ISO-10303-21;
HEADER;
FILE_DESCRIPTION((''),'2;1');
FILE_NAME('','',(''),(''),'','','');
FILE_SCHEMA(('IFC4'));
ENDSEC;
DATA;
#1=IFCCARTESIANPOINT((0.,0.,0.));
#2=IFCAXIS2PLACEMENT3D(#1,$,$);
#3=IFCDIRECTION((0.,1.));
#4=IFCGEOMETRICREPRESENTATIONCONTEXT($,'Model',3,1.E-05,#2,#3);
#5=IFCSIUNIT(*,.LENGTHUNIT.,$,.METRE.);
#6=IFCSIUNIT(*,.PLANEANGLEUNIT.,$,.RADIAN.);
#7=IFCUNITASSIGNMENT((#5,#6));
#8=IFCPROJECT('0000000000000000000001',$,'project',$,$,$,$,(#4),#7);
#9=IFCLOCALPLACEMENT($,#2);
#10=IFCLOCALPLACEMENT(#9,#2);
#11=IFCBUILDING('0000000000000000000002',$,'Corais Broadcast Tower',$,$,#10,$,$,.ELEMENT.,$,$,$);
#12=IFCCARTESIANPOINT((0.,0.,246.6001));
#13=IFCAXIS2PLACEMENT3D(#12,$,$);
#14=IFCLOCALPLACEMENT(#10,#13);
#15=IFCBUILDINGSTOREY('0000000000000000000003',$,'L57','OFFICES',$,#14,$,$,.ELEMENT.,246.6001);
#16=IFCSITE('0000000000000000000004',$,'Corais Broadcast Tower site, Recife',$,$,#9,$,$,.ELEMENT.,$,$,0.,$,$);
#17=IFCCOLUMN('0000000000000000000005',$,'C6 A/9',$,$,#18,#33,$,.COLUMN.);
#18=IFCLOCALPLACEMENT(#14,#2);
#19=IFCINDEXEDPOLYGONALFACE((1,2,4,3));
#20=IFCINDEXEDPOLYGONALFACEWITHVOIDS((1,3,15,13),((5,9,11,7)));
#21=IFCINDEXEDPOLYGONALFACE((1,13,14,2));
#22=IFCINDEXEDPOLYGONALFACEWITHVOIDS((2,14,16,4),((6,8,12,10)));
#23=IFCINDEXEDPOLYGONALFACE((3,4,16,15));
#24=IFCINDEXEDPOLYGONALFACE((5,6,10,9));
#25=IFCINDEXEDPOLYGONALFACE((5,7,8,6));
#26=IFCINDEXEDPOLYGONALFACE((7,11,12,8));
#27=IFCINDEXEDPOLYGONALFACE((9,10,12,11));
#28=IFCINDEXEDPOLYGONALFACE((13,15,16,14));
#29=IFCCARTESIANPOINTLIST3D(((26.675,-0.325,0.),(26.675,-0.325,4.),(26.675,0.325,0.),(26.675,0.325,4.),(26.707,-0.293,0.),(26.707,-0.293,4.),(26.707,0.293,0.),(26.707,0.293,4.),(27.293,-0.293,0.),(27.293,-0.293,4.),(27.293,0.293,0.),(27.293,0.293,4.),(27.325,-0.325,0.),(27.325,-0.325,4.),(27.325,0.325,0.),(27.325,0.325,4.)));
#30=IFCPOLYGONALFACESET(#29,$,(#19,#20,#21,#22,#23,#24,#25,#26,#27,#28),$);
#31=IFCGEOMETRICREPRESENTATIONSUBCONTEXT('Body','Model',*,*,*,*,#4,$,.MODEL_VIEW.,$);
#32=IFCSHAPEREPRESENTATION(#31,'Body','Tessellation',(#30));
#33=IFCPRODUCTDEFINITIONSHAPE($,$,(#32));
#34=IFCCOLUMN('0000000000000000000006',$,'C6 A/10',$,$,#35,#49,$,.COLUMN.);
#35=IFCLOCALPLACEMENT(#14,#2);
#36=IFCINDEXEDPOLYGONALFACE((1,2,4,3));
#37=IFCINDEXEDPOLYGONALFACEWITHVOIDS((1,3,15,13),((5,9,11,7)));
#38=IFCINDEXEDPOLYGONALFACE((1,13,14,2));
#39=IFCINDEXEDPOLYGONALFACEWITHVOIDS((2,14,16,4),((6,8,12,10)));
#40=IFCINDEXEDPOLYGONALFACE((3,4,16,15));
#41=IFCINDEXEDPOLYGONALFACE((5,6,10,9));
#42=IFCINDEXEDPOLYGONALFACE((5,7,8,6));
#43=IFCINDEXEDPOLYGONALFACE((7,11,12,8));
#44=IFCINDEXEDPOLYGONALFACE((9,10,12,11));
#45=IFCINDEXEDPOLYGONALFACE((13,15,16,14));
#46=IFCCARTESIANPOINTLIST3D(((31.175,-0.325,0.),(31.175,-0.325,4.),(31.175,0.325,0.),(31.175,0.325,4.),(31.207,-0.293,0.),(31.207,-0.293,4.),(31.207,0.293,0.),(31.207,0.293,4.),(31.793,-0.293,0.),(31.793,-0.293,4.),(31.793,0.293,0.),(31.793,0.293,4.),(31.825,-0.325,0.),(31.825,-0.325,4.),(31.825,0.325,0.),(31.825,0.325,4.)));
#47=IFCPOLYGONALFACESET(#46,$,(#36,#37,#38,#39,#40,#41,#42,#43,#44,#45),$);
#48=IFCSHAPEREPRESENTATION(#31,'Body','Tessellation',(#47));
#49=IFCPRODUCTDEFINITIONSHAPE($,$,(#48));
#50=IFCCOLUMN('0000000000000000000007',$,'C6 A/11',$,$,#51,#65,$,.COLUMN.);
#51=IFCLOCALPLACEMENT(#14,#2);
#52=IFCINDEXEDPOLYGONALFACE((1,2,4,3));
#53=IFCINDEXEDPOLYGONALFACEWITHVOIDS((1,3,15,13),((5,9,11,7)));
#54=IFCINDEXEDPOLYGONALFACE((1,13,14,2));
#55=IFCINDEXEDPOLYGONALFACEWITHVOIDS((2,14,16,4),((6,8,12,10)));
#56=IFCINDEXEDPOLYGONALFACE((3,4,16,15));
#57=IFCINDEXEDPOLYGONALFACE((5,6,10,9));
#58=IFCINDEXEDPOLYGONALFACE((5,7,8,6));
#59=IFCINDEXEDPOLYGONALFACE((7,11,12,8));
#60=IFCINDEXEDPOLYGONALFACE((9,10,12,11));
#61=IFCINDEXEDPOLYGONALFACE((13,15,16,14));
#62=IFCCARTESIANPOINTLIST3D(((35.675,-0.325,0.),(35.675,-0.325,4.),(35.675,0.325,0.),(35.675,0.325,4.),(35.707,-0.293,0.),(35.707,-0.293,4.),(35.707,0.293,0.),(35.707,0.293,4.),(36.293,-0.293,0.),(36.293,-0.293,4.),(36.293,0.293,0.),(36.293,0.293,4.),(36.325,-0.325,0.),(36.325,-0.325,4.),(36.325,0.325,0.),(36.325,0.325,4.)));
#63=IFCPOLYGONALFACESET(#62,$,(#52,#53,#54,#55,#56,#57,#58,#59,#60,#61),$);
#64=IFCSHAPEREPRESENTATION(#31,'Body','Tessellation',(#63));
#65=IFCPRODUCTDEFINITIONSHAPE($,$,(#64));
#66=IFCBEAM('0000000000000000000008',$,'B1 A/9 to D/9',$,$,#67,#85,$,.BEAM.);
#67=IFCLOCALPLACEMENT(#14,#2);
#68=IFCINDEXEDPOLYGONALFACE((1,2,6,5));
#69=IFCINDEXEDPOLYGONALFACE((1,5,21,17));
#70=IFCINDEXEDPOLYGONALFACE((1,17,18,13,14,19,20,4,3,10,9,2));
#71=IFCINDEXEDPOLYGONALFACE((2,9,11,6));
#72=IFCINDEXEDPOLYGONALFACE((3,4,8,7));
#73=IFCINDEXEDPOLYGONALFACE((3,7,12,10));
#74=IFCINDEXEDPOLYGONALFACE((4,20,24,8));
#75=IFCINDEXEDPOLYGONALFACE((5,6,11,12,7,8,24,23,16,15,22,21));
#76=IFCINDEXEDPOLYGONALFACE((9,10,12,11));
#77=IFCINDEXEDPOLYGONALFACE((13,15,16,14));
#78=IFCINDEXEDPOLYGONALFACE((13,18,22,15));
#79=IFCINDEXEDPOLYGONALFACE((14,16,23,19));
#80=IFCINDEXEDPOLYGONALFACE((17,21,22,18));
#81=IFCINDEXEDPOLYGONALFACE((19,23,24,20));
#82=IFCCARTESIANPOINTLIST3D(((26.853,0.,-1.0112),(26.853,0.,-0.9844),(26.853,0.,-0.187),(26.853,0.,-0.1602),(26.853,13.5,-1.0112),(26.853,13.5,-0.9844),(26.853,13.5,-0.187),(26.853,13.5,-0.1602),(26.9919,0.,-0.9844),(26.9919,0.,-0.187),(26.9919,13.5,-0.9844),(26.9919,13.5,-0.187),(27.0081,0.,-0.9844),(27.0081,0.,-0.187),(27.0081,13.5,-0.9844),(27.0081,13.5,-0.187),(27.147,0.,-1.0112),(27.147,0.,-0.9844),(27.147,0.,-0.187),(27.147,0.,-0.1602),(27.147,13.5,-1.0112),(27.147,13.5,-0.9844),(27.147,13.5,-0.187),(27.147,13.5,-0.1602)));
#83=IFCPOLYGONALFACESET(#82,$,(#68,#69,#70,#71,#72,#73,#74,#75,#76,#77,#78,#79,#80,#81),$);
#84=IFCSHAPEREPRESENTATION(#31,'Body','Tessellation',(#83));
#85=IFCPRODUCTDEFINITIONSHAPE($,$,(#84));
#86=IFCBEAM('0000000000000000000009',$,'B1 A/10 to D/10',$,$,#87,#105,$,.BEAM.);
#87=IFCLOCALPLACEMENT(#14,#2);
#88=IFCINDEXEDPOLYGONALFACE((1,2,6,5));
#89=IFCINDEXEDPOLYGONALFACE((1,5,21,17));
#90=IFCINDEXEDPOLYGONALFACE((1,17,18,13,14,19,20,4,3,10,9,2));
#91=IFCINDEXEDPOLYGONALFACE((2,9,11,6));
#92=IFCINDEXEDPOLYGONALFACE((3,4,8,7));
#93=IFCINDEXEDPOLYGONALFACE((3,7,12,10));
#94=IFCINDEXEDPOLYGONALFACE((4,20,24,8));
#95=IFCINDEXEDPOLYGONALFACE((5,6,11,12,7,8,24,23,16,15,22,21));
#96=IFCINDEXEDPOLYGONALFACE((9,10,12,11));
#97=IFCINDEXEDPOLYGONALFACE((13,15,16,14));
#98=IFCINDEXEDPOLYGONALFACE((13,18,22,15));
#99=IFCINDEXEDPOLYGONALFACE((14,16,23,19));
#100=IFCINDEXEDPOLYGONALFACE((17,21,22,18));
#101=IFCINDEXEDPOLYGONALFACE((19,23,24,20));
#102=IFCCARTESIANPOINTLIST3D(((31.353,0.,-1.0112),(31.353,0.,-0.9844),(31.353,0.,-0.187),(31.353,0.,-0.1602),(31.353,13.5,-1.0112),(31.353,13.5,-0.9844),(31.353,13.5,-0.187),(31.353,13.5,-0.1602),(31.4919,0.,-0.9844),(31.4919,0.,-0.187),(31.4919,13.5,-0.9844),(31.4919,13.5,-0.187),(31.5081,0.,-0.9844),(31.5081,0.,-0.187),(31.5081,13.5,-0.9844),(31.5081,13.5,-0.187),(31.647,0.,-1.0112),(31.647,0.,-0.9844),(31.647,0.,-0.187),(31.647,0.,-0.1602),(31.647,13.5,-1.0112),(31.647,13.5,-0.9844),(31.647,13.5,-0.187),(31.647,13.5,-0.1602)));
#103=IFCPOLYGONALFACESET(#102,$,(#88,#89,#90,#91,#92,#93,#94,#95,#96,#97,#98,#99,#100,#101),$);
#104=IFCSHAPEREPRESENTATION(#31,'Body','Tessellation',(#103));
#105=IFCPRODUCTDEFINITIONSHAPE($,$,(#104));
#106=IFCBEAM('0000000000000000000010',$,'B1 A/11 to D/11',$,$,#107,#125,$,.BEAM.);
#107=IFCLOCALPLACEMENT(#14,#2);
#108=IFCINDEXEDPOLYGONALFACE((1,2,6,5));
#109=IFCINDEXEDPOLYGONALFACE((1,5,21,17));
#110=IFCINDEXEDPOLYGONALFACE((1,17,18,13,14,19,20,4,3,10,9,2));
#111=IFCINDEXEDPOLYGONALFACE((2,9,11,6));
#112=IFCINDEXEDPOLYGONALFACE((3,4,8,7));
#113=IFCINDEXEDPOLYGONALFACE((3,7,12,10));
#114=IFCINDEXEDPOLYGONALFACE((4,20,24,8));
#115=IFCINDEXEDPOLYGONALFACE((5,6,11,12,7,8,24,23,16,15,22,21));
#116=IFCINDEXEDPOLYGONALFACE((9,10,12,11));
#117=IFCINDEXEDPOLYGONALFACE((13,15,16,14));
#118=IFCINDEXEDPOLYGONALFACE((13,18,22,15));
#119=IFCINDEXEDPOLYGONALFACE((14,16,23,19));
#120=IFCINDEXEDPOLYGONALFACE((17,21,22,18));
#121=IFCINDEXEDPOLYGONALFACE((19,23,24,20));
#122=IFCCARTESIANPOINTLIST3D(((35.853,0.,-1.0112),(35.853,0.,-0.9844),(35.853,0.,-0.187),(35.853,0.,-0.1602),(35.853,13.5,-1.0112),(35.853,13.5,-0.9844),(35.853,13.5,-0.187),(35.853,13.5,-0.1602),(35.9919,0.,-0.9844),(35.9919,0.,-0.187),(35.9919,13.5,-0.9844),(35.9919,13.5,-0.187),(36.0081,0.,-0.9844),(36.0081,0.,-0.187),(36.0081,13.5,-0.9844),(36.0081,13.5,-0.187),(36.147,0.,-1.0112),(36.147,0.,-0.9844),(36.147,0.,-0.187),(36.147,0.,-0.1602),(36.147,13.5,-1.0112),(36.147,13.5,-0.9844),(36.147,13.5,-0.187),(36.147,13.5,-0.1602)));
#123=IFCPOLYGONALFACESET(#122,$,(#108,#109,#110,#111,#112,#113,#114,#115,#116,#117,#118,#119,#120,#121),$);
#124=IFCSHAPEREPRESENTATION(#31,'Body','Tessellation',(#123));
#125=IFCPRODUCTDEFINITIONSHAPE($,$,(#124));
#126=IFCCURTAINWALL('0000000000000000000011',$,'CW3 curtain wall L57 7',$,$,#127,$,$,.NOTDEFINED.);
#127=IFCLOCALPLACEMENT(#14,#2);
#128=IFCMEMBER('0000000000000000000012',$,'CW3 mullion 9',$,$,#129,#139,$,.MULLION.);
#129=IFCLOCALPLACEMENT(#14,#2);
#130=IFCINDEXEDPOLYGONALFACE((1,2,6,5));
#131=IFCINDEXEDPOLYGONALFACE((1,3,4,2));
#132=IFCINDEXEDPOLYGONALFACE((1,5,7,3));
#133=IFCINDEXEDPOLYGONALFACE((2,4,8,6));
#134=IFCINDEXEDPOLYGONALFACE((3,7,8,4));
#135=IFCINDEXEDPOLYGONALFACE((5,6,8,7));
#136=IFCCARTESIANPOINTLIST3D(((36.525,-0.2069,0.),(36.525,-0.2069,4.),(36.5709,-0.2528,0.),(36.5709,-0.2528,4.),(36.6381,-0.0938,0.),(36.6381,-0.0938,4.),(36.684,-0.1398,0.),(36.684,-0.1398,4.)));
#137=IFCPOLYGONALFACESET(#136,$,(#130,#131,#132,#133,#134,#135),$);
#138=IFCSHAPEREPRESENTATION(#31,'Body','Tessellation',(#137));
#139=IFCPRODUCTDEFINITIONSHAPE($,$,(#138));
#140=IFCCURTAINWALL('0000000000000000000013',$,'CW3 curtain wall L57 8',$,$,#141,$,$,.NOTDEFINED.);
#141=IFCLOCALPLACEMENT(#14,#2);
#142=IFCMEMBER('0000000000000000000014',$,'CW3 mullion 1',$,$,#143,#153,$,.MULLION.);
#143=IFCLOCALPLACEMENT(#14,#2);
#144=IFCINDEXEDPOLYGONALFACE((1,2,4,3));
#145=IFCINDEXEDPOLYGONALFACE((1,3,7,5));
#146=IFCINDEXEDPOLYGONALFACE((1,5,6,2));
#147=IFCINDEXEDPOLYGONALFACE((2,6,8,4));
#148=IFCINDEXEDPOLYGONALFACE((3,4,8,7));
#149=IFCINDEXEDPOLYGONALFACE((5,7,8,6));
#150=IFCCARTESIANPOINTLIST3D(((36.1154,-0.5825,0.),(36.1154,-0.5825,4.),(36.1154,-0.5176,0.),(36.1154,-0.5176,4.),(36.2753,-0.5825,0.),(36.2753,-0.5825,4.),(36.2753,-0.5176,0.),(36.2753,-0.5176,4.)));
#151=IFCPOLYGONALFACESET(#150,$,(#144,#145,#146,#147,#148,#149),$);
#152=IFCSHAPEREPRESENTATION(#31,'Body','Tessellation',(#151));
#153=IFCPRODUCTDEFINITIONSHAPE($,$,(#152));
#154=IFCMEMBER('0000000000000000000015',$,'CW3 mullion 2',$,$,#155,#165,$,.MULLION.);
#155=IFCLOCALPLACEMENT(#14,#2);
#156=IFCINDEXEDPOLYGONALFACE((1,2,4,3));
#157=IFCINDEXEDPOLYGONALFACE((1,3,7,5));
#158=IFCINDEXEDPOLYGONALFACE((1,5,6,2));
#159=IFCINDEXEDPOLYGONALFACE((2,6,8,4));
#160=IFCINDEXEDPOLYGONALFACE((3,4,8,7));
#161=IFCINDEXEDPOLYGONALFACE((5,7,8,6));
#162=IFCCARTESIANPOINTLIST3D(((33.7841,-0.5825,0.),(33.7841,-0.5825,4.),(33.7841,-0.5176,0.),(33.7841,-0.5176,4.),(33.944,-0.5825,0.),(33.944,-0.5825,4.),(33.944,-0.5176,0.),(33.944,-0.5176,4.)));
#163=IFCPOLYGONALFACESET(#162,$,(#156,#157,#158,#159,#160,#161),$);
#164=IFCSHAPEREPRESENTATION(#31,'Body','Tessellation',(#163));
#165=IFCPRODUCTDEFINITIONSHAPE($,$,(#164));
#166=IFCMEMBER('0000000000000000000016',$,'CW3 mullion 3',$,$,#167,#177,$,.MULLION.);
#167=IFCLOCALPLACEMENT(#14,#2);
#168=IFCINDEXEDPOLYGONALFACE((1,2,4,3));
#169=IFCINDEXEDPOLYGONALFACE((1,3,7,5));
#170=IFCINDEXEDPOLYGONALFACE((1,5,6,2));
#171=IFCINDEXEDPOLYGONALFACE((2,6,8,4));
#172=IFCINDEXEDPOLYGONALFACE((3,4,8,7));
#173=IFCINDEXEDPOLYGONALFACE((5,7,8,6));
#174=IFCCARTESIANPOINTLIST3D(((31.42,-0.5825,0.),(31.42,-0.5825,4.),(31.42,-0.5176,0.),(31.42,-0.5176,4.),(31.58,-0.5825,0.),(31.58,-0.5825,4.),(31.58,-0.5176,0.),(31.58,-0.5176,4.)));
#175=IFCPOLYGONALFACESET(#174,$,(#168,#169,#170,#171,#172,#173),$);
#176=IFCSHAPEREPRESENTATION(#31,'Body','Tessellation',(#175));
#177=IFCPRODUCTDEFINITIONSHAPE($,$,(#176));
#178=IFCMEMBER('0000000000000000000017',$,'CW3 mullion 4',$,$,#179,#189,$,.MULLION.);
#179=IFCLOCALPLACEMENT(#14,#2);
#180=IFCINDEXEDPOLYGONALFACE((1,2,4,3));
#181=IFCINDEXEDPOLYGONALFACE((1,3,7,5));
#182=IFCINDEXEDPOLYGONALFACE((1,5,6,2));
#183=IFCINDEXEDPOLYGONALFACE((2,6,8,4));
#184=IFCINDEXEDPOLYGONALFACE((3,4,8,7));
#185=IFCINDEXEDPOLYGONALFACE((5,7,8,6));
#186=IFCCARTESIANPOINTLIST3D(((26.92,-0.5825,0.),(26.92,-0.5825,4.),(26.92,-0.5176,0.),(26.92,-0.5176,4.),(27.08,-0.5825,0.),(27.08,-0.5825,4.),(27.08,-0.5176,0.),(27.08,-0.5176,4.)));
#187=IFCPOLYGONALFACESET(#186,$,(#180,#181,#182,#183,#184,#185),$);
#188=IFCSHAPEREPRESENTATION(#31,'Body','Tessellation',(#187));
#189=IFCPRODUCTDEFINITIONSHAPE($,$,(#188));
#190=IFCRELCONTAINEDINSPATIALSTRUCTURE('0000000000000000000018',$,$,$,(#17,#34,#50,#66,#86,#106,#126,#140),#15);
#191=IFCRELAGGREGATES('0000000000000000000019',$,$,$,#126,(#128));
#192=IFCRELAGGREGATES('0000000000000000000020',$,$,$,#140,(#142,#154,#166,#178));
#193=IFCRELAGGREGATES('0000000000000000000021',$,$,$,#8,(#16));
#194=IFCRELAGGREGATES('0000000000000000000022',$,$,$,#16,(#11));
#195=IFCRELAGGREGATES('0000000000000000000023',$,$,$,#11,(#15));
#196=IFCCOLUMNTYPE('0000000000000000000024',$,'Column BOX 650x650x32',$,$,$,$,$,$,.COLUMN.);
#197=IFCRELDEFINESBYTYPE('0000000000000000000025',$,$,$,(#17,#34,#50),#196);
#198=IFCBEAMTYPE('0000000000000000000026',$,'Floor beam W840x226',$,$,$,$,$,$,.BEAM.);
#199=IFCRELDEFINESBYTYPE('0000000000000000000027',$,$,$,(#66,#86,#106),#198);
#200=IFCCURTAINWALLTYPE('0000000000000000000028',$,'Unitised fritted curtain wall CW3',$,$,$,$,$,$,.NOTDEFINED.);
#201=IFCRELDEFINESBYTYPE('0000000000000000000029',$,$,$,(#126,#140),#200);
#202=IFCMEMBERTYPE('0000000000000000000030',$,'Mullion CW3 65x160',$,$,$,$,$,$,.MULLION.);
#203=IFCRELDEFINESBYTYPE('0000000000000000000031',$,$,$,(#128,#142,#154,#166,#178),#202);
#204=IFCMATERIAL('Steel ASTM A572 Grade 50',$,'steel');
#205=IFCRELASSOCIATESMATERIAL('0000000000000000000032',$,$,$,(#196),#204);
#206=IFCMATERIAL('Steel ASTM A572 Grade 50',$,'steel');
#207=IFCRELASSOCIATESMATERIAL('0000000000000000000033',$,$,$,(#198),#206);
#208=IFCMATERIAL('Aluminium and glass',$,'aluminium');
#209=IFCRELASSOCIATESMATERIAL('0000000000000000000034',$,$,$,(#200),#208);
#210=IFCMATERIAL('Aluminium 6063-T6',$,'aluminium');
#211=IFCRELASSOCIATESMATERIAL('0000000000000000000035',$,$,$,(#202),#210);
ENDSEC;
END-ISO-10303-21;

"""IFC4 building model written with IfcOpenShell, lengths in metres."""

from ifc_helpers import new_model, si_unit, direction, frame, origin, origin_2d, place, context, subcontext, project, spatial, rectangle, hollow_rectangle, i_section, extrude, material, material_profile, profile_set, type_object, element, aggregate, save


model = new_model("IFC4")

# Units and contexts
model_context = context("Model", 3, precision=1e-05, world=origin(), true_north=direction((0.0, 1.0)))
body_context = subcontext(model_context, "Body", "Model", "MODEL_VIEW")
ifc_project = project(units=[si_unit("LENGTHUNIT", "METRE"), si_unit("PLANEANGLEUNIT", "RADIAN")], contexts=[model_context])

# Site, building, storey
site_placement = place(None, origin())
site = spatial("IfcSite", under=ifc_project, at=site_placement, Name="Corais Broadcast Tower site, Recife", CompositionType="ELEMENT", RefElevation=0.0)
building_placement = place(site_placement, origin())
building = spatial("IfcBuilding", under=site, at=building_placement, Name="Corais Broadcast Tower", CompositionType="ELEMENT")
storey_placement = place(building_placement, frame((0.0, 0.0, 246.6001)))
storey = spatial("IfcBuildingStorey", under=building, at=storey_placement, Name="L57", Description="OFFICES", CompositionType="ELEMENT", Elevation=246.6001)

# Columns
ifc_material_1 = material(Name="Steel ASTM A572 Grade 50", Category="steel")
ifc_material_profile_1 = material_profile(ifc_material_1, hollow_rectangle(XDim=0.6499, YDim=0.6499, WallThickness=0.032, at=origin_2d()), Name="BOX 650x650x32")
ifc_profile_set_1 = profile_set([ifc_material_profile_1], Name="Steel ASTM A572 Grade 50")
column_type = type_object("IfcColumnType", Name="Column BOX 650x650x32", PredefinedType="COLUMN", material=ifc_profile_set_1)
for number, where, z_axis, x_axis, name in (
    (1, (27.0, 0.0, 0.0), (0.0, 0.0, 1.0), (1.0, 0.0, 0.0), "C6 A/9"),
    (2, (31.5, 0.0, 0.0), (0.0, 0.0, 1.0), (1.0, 0.0, 0.0), "C6 A/10"),
    (3, (36.0, 0.0, 0.0), (0.0, 0.0, 1.0), (1.0, 0.0, 0.0), "C6 A/11"),
):
    element("IfcColumn", number, at=place(storey_placement, frame(where, z_axis=z_axis, x_axis=x_axis)), inside=storey, type_object=column_type, Name=name, PredefinedType="COLUMN", context=body_context, shape_type="SweptSolid", body=[
        extrude(hollow_rectangle(XDim=0.6499, YDim=0.6499, WallThickness=0.032, at=origin_2d()), origin(), (0.0, 0.0, 1.0), 4.0),
    ])

# Beams
ifc_material_2 = material(Name="Steel ASTM A572 Grade 50", Category="steel")
ifc_material_profile_2 = material_profile(ifc_material_2, i_section(OverallWidth=0.2939, OverallDepth=0.8511, WebThickness=0.0161, FlangeThickness=0.0269, at=origin_2d()), Name="W840x226")
ifc_profile_set_2 = profile_set([ifc_material_profile_2], Name="Steel ASTM A572 Grade 50")
beam_type_1 = type_object("IfcBeamType", Name="Floor beam W840x226", PredefinedType="BEAM", material=ifc_profile_set_2)
for number, where, z_axis, x_axis, name in (
    (4, (27.0, 0.0, -0.5857), (0.0, 1.0, 0.0), (-1.0, 0.0, 0.0), "B1 A/9 to D/9"),
    (5, (31.5, 0.0, -0.5857), (0.0, 1.0, 0.0), (-1.0, 0.0, 0.0), "B1 A/10 to D/10"),
    (6, (36.0, 0.0, -0.5857), (0.0, 1.0, 0.0), (-1.0, 0.0, 0.0), "B1 A/11 to D/11"),
):
    element("IfcBeam", number, at=place(storey_placement, frame(where, z_axis=z_axis, x_axis=x_axis)), inside=storey, type_object=beam_type_1, Name=name, PredefinedType="BEAM", context=body_context, shape_type="SweptSolid", body=[
        extrude(i_section(OverallWidth=0.2939, OverallDepth=0.8511, WebThickness=0.0161, FlangeThickness=0.0269, at=origin_2d()), origin(), (0.0, 0.0, 1.0), 13.5),
    ])

# Curtain wall, member
ifc_material_3 = material(Name="Aluminium and glass", Category="aluminium")
curtain_wall_type = type_object("IfcCurtainWallType", Name="Unitised fritted curtain wall CW3", PredefinedType="NOTDEFINED", material=ifc_material_3)
curtain_wall_1_placement = place(storey_placement, origin())
curtain_wall_1 = element("IfcCurtainWall", 7, at=curtain_wall_1_placement, inside=storey, type_object=curtain_wall_type, Name="CW3 curtain wall L57 7", PredefinedType="NOTDEFINED")
ifc_material_4 = material(Name="Aluminium 6063-T6", Category="aluminium")
ifc_material_profile_3 = material_profile(ifc_material_4, rectangle(XDim=0.0649, YDim=0.1599, at=origin_2d()), Name="Mullion CW3 65x160")
ifc_profile_set_3 = profile_set([ifc_material_profile_3], Name="Aluminium 6063-T6")
member_type_1 = type_object("IfcMemberType", Name="Mullion CW3 65x160", PredefinedType="MULLION", material=ifc_profile_set_3)
member_1_placement = place(storey_placement, frame((36.6045, -0.1733, 0.0), z_axis=(0.0, 0.0, 1.0), x_axis=(0.707107, -0.707107, 0.0)))
member_1 = element("IfcMember", 8, at=member_1_placement, type_object=member_type_1, Name="CW3 mullion 9", PredefinedType="MULLION", context=body_context, shape_type="SweptSolid", body=[
    extrude(rectangle(XDim=0.0649, YDim=0.1599, at=origin_2d()), origin(), (0.0, 0.0, 1.0), 4.0),
])
aggregate(curtain_wall_1, [member_1])

# Curtain wall, members
curtain_wall_2_placement = place(storey_placement, origin())
curtain_wall_2 = element("IfcCurtainWall", 9, at=curtain_wall_2_placement, inside=storey, type_object=curtain_wall_type, Name="CW3 curtain wall L57 8", PredefinedType="NOTDEFINED")
member_2_placement = place(storey_placement, frame((36.1953, -0.55, 0.0), z_axis=(0.0, 0.0, 1.0), x_axis=(0.0, -1.0, 0.0)))
member_2 = element("IfcMember", 10, at=member_2_placement, type_object=member_type_1, Name="CW3 mullion 1", PredefinedType="MULLION", context=body_context, shape_type="SweptSolid", body=[
    extrude(rectangle(XDim=0.0649, YDim=0.1599, at=origin_2d()), origin(), (0.0, 0.0, 1.0), 4.0),
])
member_3_placement = place(storey_placement, frame((33.864, -0.55, 0.0), z_axis=(0.0, 0.0, 1.0), x_axis=(0.0, -1.0, 0.0)))
member_3 = element("IfcMember", 11, at=member_3_placement, type_object=member_type_1, Name="CW3 mullion 2", PredefinedType="MULLION", context=body_context, shape_type="SweptSolid", body=[
    extrude(rectangle(XDim=0.0649, YDim=0.1599, at=origin_2d()), origin(), (0.0, 0.0, 1.0), 4.0),
])
member_4_placement = place(storey_placement, frame((31.5, -0.55, 0.0), z_axis=(0.0, 0.0, 1.0), x_axis=(0.0, -1.0, 0.0)))
member_4 = element("IfcMember", 12, at=member_4_placement, type_object=member_type_1, Name="CW3 mullion 3", PredefinedType="MULLION", context=body_context, shape_type="SweptSolid", body=[
    extrude(rectangle(XDim=0.0649, YDim=0.1599, at=origin_2d()), origin(), (0.0, 0.0, 1.0), 4.0),
])
member_5_placement = place(storey_placement, frame((27.0, -0.55, 0.0), z_axis=(0.0, 0.0, 1.0), x_axis=(0.0, -1.0, 0.0)))
member_5 = element("IfcMember", 13, at=member_5_placement, type_object=member_type_1, Name="CW3 mullion 4", PredefinedType="MULLION", context=body_context, shape_type="SweptSolid", body=[
    extrude(rectangle(XDim=0.0649, YDim=0.1599, at=origin_2d()), origin(), (0.0, 0.0, 1.0), 4.0),
])

aggregate(curtain_wall_2, [member_2, member_3, member_4, member_5])

save(model, "model.ifc")
